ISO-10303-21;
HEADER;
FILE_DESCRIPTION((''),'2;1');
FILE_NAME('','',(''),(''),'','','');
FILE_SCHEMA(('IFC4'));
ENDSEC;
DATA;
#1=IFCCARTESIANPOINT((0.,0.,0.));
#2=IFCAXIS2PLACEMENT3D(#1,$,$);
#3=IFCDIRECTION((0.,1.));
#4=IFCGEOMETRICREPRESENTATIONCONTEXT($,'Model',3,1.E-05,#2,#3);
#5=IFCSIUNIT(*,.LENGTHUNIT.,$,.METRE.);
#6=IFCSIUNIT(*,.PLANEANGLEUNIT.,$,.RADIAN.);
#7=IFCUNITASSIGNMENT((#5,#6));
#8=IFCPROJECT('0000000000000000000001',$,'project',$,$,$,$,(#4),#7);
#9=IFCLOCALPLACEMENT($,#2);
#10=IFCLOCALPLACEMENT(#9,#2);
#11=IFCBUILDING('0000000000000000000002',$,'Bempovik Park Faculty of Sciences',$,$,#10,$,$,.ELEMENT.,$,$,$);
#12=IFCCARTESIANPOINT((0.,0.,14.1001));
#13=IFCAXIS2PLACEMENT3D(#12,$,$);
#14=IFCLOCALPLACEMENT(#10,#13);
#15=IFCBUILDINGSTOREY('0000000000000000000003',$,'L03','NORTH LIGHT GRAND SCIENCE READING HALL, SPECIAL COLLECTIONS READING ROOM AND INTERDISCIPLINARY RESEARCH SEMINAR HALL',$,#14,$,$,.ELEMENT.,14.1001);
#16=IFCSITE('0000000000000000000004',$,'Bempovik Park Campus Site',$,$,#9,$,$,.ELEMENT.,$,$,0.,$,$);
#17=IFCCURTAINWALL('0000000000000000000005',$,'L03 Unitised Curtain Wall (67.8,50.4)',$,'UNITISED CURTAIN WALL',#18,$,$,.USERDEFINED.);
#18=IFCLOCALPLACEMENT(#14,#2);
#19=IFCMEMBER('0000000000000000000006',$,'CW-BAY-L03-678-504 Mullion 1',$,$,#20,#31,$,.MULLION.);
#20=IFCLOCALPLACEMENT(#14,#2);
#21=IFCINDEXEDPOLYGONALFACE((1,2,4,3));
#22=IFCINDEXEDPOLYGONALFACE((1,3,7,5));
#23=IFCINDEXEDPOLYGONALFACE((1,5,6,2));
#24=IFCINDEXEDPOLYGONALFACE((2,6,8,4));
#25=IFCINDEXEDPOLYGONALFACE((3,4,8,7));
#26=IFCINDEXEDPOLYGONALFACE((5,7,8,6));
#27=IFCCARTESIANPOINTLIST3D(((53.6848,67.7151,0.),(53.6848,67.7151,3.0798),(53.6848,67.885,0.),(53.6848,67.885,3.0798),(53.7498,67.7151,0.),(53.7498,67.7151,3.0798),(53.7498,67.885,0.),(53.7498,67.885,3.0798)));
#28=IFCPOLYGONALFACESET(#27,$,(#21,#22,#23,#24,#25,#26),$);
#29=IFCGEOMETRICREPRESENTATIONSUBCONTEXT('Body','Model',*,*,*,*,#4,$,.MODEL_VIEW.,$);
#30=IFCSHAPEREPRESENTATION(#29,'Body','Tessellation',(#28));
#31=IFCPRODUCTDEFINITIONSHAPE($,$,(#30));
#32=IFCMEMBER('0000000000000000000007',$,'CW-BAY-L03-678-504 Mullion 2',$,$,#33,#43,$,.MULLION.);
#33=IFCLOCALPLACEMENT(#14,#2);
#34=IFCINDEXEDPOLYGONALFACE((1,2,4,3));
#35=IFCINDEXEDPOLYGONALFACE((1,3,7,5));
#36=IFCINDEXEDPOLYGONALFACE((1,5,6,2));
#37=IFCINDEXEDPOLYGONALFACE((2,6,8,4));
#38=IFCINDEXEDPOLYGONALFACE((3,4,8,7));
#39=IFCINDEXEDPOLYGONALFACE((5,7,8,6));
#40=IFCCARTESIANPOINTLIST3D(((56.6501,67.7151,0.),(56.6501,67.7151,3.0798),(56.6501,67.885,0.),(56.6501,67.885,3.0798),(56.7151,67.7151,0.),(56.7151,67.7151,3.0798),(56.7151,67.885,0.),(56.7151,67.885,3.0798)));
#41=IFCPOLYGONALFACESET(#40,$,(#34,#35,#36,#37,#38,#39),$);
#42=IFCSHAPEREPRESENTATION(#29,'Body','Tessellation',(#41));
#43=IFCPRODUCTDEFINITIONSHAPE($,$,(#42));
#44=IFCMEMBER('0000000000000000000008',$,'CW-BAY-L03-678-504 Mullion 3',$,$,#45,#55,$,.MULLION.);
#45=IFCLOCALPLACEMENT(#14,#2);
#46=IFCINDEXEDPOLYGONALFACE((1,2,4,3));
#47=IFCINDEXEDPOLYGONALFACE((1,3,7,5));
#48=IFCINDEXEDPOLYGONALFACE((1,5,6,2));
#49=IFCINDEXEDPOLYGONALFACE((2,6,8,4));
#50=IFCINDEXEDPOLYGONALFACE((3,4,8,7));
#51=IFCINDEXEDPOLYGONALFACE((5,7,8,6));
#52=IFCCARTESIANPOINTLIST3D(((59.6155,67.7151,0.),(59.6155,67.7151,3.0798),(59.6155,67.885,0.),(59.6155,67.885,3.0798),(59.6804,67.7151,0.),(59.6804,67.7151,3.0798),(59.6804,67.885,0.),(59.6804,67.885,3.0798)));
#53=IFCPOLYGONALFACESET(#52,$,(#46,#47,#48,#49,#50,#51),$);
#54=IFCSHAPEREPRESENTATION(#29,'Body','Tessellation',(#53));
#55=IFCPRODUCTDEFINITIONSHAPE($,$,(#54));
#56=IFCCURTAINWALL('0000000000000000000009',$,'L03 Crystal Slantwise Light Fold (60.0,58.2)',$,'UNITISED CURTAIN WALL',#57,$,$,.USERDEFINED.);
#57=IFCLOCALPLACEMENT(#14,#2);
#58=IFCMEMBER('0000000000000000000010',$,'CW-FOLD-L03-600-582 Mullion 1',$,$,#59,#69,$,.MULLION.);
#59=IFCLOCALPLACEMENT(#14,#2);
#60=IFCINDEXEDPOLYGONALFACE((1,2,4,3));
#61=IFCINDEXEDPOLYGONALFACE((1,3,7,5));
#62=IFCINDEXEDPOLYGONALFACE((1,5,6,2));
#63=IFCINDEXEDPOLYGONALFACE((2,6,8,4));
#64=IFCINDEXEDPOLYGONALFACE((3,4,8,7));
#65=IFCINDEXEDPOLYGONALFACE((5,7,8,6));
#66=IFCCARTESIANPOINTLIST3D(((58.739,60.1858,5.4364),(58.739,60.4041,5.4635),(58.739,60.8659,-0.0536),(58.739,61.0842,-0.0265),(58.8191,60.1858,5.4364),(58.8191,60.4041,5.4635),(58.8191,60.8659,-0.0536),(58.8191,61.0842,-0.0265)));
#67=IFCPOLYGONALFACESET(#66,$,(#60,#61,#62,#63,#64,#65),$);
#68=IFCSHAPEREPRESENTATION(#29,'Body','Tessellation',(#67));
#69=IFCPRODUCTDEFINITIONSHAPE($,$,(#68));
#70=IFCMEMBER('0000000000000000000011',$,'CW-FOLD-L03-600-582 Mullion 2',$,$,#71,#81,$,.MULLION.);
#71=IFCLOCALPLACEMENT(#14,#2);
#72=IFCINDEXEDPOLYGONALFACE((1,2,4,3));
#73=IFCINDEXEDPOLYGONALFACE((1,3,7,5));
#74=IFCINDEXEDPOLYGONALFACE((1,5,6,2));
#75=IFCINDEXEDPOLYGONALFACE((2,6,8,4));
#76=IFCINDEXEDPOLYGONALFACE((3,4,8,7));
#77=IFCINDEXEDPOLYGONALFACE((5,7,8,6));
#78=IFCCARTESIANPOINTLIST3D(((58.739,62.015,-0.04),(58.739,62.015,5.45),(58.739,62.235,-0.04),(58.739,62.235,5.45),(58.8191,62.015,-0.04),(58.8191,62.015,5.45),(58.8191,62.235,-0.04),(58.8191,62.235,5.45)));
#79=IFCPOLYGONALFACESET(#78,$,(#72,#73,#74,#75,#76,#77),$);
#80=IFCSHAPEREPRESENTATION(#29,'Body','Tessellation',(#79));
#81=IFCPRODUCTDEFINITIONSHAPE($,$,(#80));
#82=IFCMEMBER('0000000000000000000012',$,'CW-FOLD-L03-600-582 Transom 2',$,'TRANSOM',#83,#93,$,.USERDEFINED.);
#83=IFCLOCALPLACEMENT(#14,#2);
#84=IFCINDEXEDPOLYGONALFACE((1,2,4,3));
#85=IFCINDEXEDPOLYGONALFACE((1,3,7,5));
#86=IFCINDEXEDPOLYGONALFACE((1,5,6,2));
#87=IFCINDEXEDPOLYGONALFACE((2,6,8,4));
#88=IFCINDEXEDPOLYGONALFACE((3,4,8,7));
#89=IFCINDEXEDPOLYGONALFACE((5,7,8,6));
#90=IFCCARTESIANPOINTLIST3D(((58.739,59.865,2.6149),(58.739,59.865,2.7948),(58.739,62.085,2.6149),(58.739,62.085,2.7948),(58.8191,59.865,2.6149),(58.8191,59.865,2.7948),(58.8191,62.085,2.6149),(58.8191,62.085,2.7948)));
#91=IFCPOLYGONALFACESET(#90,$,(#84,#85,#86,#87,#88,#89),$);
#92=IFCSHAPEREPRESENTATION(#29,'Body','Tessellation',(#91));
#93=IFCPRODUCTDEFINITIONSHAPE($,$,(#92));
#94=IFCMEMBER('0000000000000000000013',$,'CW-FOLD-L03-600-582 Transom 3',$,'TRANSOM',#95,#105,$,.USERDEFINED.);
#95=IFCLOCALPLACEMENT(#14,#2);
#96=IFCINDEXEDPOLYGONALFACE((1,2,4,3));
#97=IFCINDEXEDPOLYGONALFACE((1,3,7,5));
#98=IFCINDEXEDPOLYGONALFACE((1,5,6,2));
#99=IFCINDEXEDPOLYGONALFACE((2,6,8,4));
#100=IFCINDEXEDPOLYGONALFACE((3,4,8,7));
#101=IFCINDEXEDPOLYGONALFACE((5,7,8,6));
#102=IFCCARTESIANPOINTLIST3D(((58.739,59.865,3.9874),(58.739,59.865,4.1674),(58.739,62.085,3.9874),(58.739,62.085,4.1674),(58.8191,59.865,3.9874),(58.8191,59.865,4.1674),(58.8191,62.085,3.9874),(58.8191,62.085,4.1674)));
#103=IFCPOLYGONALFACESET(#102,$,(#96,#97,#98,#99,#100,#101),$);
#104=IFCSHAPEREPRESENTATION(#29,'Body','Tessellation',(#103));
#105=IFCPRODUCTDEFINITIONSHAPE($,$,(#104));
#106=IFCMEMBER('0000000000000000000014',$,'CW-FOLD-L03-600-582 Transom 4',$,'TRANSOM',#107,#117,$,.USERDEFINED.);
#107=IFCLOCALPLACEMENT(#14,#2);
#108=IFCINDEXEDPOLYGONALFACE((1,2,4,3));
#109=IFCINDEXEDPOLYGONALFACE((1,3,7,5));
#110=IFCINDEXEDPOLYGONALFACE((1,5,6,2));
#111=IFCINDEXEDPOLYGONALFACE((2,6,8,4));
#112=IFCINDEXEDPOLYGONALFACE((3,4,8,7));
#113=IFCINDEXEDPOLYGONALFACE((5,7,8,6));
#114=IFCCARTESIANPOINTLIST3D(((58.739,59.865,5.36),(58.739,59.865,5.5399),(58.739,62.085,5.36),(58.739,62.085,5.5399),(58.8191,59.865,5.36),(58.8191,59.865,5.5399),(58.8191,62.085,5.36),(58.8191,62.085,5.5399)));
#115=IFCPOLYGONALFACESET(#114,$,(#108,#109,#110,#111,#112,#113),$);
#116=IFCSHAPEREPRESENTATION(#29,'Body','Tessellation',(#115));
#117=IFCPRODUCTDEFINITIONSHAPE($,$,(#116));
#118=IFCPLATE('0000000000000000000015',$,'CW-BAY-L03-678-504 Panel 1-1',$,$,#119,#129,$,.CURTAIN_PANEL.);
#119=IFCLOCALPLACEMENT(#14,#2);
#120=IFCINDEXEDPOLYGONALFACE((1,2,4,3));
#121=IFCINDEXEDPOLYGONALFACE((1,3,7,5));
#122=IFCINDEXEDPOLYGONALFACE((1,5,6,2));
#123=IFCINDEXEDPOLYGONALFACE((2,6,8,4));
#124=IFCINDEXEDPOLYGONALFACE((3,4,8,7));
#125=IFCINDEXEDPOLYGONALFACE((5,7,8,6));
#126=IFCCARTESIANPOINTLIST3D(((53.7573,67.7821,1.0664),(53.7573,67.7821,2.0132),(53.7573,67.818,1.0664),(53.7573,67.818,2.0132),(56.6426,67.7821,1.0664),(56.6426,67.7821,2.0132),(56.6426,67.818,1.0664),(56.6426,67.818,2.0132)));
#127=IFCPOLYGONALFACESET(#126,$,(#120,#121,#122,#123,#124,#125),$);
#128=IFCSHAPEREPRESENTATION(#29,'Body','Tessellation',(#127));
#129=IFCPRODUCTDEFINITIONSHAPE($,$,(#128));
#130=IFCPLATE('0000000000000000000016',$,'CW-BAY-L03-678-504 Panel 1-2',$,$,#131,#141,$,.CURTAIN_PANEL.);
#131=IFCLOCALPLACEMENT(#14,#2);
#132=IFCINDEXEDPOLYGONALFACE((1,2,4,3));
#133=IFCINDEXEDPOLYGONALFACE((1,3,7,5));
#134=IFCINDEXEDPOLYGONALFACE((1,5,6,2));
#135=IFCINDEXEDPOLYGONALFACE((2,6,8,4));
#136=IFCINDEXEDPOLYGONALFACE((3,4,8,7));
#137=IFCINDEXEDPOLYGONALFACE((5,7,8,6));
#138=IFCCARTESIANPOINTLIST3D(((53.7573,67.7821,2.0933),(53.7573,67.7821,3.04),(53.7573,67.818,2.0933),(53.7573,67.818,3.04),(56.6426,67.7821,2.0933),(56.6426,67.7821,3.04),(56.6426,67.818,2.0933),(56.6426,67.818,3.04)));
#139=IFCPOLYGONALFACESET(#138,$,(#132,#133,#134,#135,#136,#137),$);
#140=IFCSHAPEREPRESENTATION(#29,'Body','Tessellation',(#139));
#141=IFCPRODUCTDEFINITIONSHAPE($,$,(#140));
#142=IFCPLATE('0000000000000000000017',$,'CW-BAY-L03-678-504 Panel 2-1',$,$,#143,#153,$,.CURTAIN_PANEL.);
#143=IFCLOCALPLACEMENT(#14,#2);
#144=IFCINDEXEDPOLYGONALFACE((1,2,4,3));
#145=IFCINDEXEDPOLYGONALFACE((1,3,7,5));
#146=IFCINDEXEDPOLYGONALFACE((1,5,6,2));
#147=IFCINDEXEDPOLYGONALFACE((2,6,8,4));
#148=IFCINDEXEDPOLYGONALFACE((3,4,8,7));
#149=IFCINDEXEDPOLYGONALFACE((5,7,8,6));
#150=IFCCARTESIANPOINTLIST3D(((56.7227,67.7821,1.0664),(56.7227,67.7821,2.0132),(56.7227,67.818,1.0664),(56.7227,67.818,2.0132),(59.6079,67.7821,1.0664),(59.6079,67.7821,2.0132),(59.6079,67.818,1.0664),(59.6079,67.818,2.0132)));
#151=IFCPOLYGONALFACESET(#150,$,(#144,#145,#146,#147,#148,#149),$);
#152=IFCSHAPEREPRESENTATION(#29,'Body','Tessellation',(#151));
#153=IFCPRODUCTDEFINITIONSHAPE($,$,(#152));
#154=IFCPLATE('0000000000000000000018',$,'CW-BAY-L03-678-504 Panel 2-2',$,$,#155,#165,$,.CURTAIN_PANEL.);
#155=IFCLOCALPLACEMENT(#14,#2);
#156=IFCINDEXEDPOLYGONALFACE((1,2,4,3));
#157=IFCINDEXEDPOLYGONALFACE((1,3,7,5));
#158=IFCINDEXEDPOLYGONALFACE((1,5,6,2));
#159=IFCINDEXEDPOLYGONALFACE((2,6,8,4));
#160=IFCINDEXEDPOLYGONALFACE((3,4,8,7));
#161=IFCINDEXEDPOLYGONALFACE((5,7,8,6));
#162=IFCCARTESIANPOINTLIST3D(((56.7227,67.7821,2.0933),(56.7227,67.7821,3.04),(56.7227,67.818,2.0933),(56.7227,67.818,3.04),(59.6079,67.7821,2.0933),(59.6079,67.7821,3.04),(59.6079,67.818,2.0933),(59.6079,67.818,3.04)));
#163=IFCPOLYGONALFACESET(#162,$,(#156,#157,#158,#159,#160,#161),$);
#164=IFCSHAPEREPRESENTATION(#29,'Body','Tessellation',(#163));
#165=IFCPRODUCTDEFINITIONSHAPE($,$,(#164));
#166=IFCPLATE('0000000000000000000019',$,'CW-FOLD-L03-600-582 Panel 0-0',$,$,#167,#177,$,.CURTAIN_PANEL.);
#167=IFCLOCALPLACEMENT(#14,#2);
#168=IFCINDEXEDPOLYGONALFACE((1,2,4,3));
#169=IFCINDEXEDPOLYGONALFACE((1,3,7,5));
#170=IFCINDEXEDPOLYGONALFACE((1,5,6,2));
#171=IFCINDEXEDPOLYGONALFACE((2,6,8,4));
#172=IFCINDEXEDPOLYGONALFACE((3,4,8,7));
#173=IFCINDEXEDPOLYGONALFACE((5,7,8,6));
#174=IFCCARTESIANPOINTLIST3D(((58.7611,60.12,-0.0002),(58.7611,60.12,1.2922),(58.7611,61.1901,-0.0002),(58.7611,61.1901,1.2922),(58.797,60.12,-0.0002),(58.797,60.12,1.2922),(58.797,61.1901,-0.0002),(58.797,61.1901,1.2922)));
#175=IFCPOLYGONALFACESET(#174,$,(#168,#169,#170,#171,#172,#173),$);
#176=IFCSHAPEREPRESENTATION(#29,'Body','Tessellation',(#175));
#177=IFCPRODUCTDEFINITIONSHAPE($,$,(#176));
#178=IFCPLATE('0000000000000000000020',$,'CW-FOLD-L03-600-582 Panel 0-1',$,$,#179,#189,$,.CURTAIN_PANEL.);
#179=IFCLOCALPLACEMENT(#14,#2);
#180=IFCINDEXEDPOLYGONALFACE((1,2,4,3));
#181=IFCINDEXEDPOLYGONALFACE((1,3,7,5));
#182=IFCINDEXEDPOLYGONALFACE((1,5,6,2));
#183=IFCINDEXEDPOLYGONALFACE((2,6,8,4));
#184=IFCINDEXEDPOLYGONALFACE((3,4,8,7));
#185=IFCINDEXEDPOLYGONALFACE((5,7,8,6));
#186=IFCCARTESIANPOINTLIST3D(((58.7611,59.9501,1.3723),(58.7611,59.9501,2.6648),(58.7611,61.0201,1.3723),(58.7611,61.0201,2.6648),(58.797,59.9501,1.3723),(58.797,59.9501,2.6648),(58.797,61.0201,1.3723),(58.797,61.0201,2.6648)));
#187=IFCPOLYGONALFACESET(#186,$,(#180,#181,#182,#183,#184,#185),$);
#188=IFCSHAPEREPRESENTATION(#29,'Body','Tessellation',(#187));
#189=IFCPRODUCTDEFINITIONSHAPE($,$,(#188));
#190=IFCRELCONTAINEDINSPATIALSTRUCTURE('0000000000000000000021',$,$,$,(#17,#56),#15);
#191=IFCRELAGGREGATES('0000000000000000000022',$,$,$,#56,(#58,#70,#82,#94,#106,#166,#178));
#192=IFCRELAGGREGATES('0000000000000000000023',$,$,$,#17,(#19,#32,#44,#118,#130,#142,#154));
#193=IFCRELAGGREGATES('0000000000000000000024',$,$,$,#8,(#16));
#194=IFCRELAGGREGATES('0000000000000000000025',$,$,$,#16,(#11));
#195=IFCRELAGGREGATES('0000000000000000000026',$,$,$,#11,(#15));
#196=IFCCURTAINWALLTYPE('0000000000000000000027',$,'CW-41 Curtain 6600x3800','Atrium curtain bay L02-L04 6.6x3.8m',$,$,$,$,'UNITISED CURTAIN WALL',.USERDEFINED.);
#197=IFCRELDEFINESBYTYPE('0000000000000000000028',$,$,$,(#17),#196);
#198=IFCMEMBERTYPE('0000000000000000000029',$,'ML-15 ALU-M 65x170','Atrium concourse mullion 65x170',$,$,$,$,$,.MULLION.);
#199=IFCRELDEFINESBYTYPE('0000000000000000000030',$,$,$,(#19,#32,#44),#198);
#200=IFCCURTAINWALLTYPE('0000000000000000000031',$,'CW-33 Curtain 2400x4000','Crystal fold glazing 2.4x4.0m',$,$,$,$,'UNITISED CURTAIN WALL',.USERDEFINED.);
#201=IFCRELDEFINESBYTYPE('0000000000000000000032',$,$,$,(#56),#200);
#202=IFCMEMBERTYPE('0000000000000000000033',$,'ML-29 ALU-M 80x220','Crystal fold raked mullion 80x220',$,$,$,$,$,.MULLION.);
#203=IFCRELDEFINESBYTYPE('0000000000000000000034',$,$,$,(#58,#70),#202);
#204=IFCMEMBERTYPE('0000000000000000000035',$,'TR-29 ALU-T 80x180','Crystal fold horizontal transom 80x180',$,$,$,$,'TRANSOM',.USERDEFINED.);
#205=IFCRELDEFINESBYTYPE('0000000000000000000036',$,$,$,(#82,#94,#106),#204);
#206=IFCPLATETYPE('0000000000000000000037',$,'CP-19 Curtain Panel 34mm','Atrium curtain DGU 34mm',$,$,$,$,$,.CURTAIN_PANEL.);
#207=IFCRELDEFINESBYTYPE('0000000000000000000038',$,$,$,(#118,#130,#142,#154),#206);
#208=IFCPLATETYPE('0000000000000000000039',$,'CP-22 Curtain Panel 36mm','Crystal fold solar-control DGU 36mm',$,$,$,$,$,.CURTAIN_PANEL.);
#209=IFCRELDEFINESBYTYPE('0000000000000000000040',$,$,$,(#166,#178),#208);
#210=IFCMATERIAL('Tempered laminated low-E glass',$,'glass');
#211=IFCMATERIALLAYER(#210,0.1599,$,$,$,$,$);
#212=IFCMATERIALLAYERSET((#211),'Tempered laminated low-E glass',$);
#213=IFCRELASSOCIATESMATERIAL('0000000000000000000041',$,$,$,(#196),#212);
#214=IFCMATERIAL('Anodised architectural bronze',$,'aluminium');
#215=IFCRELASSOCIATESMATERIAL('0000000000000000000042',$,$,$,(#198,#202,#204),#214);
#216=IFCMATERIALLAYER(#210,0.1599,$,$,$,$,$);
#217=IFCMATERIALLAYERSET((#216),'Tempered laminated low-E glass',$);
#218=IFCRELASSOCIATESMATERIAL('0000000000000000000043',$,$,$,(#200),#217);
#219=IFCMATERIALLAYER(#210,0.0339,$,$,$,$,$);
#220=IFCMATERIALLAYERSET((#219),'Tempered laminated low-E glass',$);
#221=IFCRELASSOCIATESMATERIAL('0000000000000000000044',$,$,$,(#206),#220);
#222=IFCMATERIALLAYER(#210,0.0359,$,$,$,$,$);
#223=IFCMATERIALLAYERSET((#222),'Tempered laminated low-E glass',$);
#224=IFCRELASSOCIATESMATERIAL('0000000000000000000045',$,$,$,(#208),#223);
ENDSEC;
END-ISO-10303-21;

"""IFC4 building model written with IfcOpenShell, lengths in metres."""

from ifc_helpers import new_model, si_unit, direction, frame, origin, origin_2d, place, context, subcontext, project, spatial, rectangle, extrude, material, layer, layer_set, material_profile, profile_set, type_object, element, aggregate, save


model = new_model("IFC4")

# Units and contexts
model_context = context("Model", 3, precision=1e-05, world=origin(), true_north=direction((0.0, 1.0)))
body_context = subcontext(model_context, "Body", "Model", "MODEL_VIEW")
ifc_project = project(units=[si_unit("LENGTHUNIT", "METRE"), si_unit("PLANEANGLEUNIT", "RADIAN")], contexts=[model_context])

# Site, building, storey
site_placement = place(None, origin())
site = spatial("IfcSite", under=ifc_project, at=site_placement, Name="Bempovik Park Campus Site", CompositionType="ELEMENT", RefElevation=0.0)
building_placement = place(site_placement, origin())
building = spatial("IfcBuilding", under=site, at=building_placement, Name="Bempovik Park Faculty of Sciences", CompositionType="ELEMENT")
storey_placement = place(building_placement, frame((0.0, 0.0, 14.1001)))
storey = spatial("IfcBuildingStorey", under=building, at=storey_placement, Name="L03", Description="NORTH LIGHT GRAND SCIENCE READING HALL, SPECIAL COLLECTIONS READING ROOM AND INTERDISCIPLINARY RESEARCH SEMINAR HALL", CompositionType="ELEMENT", Elevation=14.1001)

# Curtain walls, members
ifc_material_1 = material(Name="Tempered laminated low-E glass", Category="glass")
ifc_layer_1 = layer(ifc_material_1, 0.1599)
ifc_layer_set_1 = layer_set([ifc_layer_1], Name="Tempered laminated low-E glass")
curtain_wall_type_1 = type_object("IfcCurtainWallType", Name="CW-41 Curtain 6600x3800", Description="Atrium curtain bay L02-L04 6.6x3.8m", ElementType="UNITISED CURTAIN WALL", PredefinedType="USERDEFINED", material=ifc_layer_set_1)
curtain_wall_1_placement = place(storey_placement, origin())
curtain_wall_1 = element("IfcCurtainWall", 1, at=curtain_wall_1_placement, inside=storey, type_object=curtain_wall_type_1, Name="L03 Unitised Curtain Wall (67.8,50.4)", ObjectType="UNITISED CURTAIN WALL", PredefinedType="USERDEFINED")
ifc_material_2 = material(Name="Anodised architectural bronze", Category="aluminium")
ifc_material_profile_1 = material_profile(ifc_material_2, rectangle(XDim=0.0649, YDim=0.1699, at=origin_2d()), Name="ALU-M 65x170")
ifc_profile_set_1 = profile_set([ifc_material_profile_1], Name="Anodised architectural bronze")
member_type_1 = type_object("IfcMemberType", Name="ML-15 ALU-M 65x170", Description="Atrium concourse mullion 65x170", PredefinedType="MULLION", material=ifc_profile_set_1)
member_1_placement = place(storey_placement, frame((53.7173, 67.8, 0.0), z_axis=(0.0, 0.0, 1.0), x_axis=(1.0, 0.0, 0.0)))
member_1 = element("IfcMember", 2, at=member_1_placement, type_object=member_type_1, Name="CW-BAY-L03-678-504 Mullion 1", PredefinedType="MULLION", context=body_context, shape_type="SweptSolid", body=[
    extrude(rectangle(XDim=0.0649, YDim=0.1699, at=origin_2d()), origin(), (0.0, 0.0, 1.0), 3.0798),
])
member_2_placement = place(storey_placement, frame((56.6826, 67.8, 0.0), z_axis=(0.0, 0.0, 1.0), x_axis=(1.0, 0.0, 0.0)))
member_2 = element("IfcMember", 3, at=member_2_placement, type_object=member_type_1, Name="CW-BAY-L03-678-504 Mullion 2", PredefinedType="MULLION", context=body_context, shape_type="SweptSolid", body=[
    extrude(rectangle(XDim=0.0649, YDim=0.1699, at=origin_2d()), origin(), (0.0, 0.0, 1.0), 3.0798),
])
member_3_placement = place(storey_placement, frame((59.6479, 67.8, 0.0), z_axis=(0.0, 0.0, 1.0), x_axis=(1.0, 0.0, 0.0)))
member_3 = element("IfcMember", 4, at=member_3_placement, type_object=member_type_1, Name="CW-BAY-L03-678-504 Mullion 3", PredefinedType="MULLION", context=body_context, shape_type="SweptSolid", body=[
    extrude(rectangle(XDim=0.0649, YDim=0.1699, at=origin_2d()), origin(), (0.0, 0.0, 1.0), 3.0798),
])
ifc_layer_2 = layer(ifc_material_1, 0.1599)
ifc_layer_set_2 = layer_set([ifc_layer_2], Name="Tempered laminated low-E glass")
curtain_wall_type_2 = type_object("IfcCurtainWallType", Name="CW-33 Curtain 2400x4000", Description="Crystal fold glazing 2.4x4.0m", ElementType="UNITISED CURTAIN WALL", PredefinedType="USERDEFINED", material=ifc_layer_set_2)
curtain_wall_2_placement = place(storey_placement, origin())
curtain_wall_2 = element("IfcCurtainWall", 5, at=curtain_wall_2_placement, inside=storey, type_object=curtain_wall_type_2, Name="L03 Crystal Slantwise Light Fold (60.0,58.2)", ObjectType="UNITISED CURTAIN WALL", PredefinedType="USERDEFINED")
ifc_material_profile_2 = material_profile(ifc_material_2, rectangle(XDim=0.0801, YDim=0.22, at=origin_2d()), Name="ALU-M 80x220")
ifc_profile_set_2 = profile_set([ifc_material_profile_2], Name="Anodised architectural bronze")
member_type_2 = type_object("IfcMemberType", Name="ML-29 ALU-M 80x220", Description="Crystal fold raked mullion 80x220", PredefinedType="MULLION", material=ifc_profile_set_2)
member_4_placement = place(storey_placement, frame((58.7791, 60.9751, -0.04), z_axis=(0.0, -0.122954, 0.992412), x_axis=(1.0, 0.0, 0.0)))
member_4 = element("IfcMember", 6, at=member_4_placement, type_object=member_type_2, Name="CW-FOLD-L03-600-582 Mullion 1", PredefinedType="MULLION", context=body_context, shape_type="SweptSolid", body=[
    extrude(rectangle(XDim=0.0801, YDim=0.22, at=origin_2d()), origin(), (0.0, 0.0, 1.0), 5.532),
])
member_5_placement = place(storey_placement, frame((58.7791, 62.125, -0.04), z_axis=(0.0, 0.0, 1.0), x_axis=(1.0, 0.0, 0.0)))
member_5 = element("IfcMember", 7, at=member_5_placement, type_object=member_type_2, Name="CW-FOLD-L03-600-582 Mullion 2", PredefinedType="MULLION", context=body_context, shape_type="SweptSolid", body=[
    extrude(rectangle(XDim=0.0801, YDim=0.22, at=origin_2d()), origin(), (0.0, 0.0, 1.0), 5.49),
])
ifc_material_profile_3 = material_profile(ifc_material_2, rectangle(XDim=0.0801, YDim=0.1799, at=origin_2d()), Name="ALU-T 80x180")
ifc_profile_set_3 = profile_set([ifc_material_profile_3], Name="Anodised architectural bronze")
member_type_3 = type_object("IfcMemberType", Name="TR-29 ALU-T 80x180", Description="Crystal fold horizontal transom 80x180", ElementType="TRANSOM", PredefinedType="USERDEFINED", material=ifc_profile_set_3)
member_6_placement = place(storey_placement, frame((58.7791, 59.865, 2.7048), z_axis=(0.0, 1.0, 0.0), x_axis=(-1.0, 0.0, 0.0)))
member_6 = element("IfcMember", 8, at=member_6_placement, type_object=member_type_3, Name="CW-FOLD-L03-600-582 Transom 2", ObjectType="TRANSOM", PredefinedType="USERDEFINED", context=body_context, shape_type="SweptSolid", body=[
    extrude(rectangle(XDim=0.0801, YDim=0.1799, at=origin_2d()), origin(), (0.0, 0.0, 1.0), 2.22),
])
member_7_placement = place(storey_placement, frame((58.7791, 59.865, 4.0774), z_axis=(0.0, 1.0, 0.0), x_axis=(-1.0, 0.0, 0.0)))
member_7 = element("IfcMember", 9, at=member_7_placement, type_object=member_type_3, Name="CW-FOLD-L03-600-582 Transom 3", ObjectType="TRANSOM", PredefinedType="USERDEFINED", context=body_context, shape_type="SweptSolid", body=[
    extrude(rectangle(XDim=0.0801, YDim=0.1799, at=origin_2d()), origin(), (0.0, 0.0, 1.0), 2.22),
])
member_8_placement = place(storey_placement, frame((58.7791, 59.865, 5.45), z_axis=(0.0, 1.0, 0.0), x_axis=(-1.0, 0.0, 0.0)))
member_8 = element("IfcMember", 10, at=member_8_placement, type_object=member_type_3, Name="CW-FOLD-L03-600-582 Transom 4", ObjectType="TRANSOM", PredefinedType="USERDEFINED", context=body_context, shape_type="SweptSolid", body=[
    extrude(rectangle(XDim=0.0801, YDim=0.1799, at=origin_2d()), origin(), (0.0, 0.0, 1.0), 2.22),
])

# Plates
ifc_layer_3 = layer(ifc_material_1, 0.0339)
ifc_layer_set_3 = layer_set([ifc_layer_3], Name="Tempered laminated low-E glass")
plate_type_1 = type_object("IfcPlateType", Name="CP-19 Curtain Panel 34mm", Description="Atrium curtain DGU 34mm", PredefinedType="CURTAIN_PANEL", material=ifc_layer_set_3)
plate_1_placement = place(storey_placement, frame((55.2, 67.8, 1.0664), z_axis=(0.0, 0.0, 1.0), x_axis=(1.0, 0.0, 0.0)))
plate_1 = element("IfcPlate", 11, at=plate_1_placement, type_object=plate_type_1, Name="CW-BAY-L03-678-504 Panel 1-1", PredefinedType="CURTAIN_PANEL", context=body_context, shape_type="SweptSolid", body=[
    extrude(rectangle(XDim=2.8853, YDim=0.0359, at=origin_2d()), origin(), (0.0, 0.0, 1.0), 0.9468),
])
plate_2_placement = place(storey_placement, frame((55.2, 67.8, 2.0933), z_axis=(0.0, 0.0, 1.0), x_axis=(1.0, 0.0, 0.0)))
plate_2 = element("IfcPlate", 12, at=plate_2_placement, type_object=plate_type_1, Name="CW-BAY-L03-678-504 Panel 1-2", PredefinedType="CURTAIN_PANEL", context=body_context, shape_type="SweptSolid", body=[
    extrude(rectangle(XDim=2.8853, YDim=0.0359, at=origin_2d()), origin(), (0.0, 0.0, 1.0), 0.9468),
])
plate_3_placement = place(storey_placement, frame((58.1653, 67.8, 1.0664), z_axis=(0.0, 0.0, 1.0), x_axis=(1.0, 0.0, 0.0)))
plate_3 = element("IfcPlate", 13, at=plate_3_placement, type_object=plate_type_1, Name="CW-BAY-L03-678-504 Panel 2-1", PredefinedType="CURTAIN_PANEL", context=body_context, shape_type="SweptSolid", body=[
    extrude(rectangle(XDim=2.8853, YDim=0.0359, at=origin_2d()), origin(), (0.0, 0.0, 1.0), 0.9468),
])
plate_4_placement = place(storey_placement, frame((58.1653, 67.8, 2.0933), z_axis=(0.0, 0.0, 1.0), x_axis=(1.0, 0.0, 0.0)))
plate_4 = element("IfcPlate", 14, at=plate_4_placement, type_object=plate_type_1, Name="CW-BAY-L03-678-504 Panel 2-2", PredefinedType="CURTAIN_PANEL", context=body_context, shape_type="SweptSolid", body=[
    extrude(rectangle(XDim=2.8853, YDim=0.0359, at=origin_2d()), origin(), (0.0, 0.0, 1.0), 0.9468),
])
ifc_layer_4 = layer(ifc_material_1, 0.0359)
ifc_layer_set_4 = layer_set([ifc_layer_4], Name="Tempered laminated low-E glass")
plate_type_2 = type_object("IfcPlateType", Name="CP-22 Curtain Panel 36mm", Description="Crystal fold solar-control DGU 36mm", PredefinedType="CURTAIN_PANEL", material=ifc_layer_set_4)
plate_5_placement = place(storey_placement, frame((58.7791, 60.655, -0.0002), z_axis=(0.0, 0.0, 1.0), x_axis=(0.0, 1.0, 0.0)))
plate_5 = element("IfcPlate", 15, at=plate_5_placement, type_object=plate_type_2, Name="CW-FOLD-L03-600-582 Panel 0-0", PredefinedType="CURTAIN_PANEL", context=body_context, shape_type="SweptSolid", body=[
    extrude(rectangle(XDim=1.0701, YDim=0.0359, at=origin_2d()), origin(), (0.0, 0.0, 1.0), 1.2925),
])
plate_6_placement = place(storey_placement, frame((58.7791, 60.4851, 1.3723), z_axis=(0.0, 0.0, 1.0), x_axis=(0.0, 1.0, 0.0)))
plate_6 = element("IfcPlate", 16, at=plate_6_placement, type_object=plate_type_2, Name="CW-FOLD-L03-600-582 Panel 0-1", PredefinedType="CURTAIN_PANEL", context=body_context, shape_type="SweptSolid", body=[
    extrude(rectangle(XDim=1.0701, YDim=0.0359, at=origin_2d()), origin(), (0.0, 0.0, 1.0), 1.2925),
])
aggregate(curtain_wall_2, [member_4, member_5, member_6, member_7, member_8, plate_5, plate_6])
aggregate(curtain_wall_1, [member_1, member_2, member_3, plate_1, plate_2, plate_3, plate_4])

save(model, "model.ifc")
